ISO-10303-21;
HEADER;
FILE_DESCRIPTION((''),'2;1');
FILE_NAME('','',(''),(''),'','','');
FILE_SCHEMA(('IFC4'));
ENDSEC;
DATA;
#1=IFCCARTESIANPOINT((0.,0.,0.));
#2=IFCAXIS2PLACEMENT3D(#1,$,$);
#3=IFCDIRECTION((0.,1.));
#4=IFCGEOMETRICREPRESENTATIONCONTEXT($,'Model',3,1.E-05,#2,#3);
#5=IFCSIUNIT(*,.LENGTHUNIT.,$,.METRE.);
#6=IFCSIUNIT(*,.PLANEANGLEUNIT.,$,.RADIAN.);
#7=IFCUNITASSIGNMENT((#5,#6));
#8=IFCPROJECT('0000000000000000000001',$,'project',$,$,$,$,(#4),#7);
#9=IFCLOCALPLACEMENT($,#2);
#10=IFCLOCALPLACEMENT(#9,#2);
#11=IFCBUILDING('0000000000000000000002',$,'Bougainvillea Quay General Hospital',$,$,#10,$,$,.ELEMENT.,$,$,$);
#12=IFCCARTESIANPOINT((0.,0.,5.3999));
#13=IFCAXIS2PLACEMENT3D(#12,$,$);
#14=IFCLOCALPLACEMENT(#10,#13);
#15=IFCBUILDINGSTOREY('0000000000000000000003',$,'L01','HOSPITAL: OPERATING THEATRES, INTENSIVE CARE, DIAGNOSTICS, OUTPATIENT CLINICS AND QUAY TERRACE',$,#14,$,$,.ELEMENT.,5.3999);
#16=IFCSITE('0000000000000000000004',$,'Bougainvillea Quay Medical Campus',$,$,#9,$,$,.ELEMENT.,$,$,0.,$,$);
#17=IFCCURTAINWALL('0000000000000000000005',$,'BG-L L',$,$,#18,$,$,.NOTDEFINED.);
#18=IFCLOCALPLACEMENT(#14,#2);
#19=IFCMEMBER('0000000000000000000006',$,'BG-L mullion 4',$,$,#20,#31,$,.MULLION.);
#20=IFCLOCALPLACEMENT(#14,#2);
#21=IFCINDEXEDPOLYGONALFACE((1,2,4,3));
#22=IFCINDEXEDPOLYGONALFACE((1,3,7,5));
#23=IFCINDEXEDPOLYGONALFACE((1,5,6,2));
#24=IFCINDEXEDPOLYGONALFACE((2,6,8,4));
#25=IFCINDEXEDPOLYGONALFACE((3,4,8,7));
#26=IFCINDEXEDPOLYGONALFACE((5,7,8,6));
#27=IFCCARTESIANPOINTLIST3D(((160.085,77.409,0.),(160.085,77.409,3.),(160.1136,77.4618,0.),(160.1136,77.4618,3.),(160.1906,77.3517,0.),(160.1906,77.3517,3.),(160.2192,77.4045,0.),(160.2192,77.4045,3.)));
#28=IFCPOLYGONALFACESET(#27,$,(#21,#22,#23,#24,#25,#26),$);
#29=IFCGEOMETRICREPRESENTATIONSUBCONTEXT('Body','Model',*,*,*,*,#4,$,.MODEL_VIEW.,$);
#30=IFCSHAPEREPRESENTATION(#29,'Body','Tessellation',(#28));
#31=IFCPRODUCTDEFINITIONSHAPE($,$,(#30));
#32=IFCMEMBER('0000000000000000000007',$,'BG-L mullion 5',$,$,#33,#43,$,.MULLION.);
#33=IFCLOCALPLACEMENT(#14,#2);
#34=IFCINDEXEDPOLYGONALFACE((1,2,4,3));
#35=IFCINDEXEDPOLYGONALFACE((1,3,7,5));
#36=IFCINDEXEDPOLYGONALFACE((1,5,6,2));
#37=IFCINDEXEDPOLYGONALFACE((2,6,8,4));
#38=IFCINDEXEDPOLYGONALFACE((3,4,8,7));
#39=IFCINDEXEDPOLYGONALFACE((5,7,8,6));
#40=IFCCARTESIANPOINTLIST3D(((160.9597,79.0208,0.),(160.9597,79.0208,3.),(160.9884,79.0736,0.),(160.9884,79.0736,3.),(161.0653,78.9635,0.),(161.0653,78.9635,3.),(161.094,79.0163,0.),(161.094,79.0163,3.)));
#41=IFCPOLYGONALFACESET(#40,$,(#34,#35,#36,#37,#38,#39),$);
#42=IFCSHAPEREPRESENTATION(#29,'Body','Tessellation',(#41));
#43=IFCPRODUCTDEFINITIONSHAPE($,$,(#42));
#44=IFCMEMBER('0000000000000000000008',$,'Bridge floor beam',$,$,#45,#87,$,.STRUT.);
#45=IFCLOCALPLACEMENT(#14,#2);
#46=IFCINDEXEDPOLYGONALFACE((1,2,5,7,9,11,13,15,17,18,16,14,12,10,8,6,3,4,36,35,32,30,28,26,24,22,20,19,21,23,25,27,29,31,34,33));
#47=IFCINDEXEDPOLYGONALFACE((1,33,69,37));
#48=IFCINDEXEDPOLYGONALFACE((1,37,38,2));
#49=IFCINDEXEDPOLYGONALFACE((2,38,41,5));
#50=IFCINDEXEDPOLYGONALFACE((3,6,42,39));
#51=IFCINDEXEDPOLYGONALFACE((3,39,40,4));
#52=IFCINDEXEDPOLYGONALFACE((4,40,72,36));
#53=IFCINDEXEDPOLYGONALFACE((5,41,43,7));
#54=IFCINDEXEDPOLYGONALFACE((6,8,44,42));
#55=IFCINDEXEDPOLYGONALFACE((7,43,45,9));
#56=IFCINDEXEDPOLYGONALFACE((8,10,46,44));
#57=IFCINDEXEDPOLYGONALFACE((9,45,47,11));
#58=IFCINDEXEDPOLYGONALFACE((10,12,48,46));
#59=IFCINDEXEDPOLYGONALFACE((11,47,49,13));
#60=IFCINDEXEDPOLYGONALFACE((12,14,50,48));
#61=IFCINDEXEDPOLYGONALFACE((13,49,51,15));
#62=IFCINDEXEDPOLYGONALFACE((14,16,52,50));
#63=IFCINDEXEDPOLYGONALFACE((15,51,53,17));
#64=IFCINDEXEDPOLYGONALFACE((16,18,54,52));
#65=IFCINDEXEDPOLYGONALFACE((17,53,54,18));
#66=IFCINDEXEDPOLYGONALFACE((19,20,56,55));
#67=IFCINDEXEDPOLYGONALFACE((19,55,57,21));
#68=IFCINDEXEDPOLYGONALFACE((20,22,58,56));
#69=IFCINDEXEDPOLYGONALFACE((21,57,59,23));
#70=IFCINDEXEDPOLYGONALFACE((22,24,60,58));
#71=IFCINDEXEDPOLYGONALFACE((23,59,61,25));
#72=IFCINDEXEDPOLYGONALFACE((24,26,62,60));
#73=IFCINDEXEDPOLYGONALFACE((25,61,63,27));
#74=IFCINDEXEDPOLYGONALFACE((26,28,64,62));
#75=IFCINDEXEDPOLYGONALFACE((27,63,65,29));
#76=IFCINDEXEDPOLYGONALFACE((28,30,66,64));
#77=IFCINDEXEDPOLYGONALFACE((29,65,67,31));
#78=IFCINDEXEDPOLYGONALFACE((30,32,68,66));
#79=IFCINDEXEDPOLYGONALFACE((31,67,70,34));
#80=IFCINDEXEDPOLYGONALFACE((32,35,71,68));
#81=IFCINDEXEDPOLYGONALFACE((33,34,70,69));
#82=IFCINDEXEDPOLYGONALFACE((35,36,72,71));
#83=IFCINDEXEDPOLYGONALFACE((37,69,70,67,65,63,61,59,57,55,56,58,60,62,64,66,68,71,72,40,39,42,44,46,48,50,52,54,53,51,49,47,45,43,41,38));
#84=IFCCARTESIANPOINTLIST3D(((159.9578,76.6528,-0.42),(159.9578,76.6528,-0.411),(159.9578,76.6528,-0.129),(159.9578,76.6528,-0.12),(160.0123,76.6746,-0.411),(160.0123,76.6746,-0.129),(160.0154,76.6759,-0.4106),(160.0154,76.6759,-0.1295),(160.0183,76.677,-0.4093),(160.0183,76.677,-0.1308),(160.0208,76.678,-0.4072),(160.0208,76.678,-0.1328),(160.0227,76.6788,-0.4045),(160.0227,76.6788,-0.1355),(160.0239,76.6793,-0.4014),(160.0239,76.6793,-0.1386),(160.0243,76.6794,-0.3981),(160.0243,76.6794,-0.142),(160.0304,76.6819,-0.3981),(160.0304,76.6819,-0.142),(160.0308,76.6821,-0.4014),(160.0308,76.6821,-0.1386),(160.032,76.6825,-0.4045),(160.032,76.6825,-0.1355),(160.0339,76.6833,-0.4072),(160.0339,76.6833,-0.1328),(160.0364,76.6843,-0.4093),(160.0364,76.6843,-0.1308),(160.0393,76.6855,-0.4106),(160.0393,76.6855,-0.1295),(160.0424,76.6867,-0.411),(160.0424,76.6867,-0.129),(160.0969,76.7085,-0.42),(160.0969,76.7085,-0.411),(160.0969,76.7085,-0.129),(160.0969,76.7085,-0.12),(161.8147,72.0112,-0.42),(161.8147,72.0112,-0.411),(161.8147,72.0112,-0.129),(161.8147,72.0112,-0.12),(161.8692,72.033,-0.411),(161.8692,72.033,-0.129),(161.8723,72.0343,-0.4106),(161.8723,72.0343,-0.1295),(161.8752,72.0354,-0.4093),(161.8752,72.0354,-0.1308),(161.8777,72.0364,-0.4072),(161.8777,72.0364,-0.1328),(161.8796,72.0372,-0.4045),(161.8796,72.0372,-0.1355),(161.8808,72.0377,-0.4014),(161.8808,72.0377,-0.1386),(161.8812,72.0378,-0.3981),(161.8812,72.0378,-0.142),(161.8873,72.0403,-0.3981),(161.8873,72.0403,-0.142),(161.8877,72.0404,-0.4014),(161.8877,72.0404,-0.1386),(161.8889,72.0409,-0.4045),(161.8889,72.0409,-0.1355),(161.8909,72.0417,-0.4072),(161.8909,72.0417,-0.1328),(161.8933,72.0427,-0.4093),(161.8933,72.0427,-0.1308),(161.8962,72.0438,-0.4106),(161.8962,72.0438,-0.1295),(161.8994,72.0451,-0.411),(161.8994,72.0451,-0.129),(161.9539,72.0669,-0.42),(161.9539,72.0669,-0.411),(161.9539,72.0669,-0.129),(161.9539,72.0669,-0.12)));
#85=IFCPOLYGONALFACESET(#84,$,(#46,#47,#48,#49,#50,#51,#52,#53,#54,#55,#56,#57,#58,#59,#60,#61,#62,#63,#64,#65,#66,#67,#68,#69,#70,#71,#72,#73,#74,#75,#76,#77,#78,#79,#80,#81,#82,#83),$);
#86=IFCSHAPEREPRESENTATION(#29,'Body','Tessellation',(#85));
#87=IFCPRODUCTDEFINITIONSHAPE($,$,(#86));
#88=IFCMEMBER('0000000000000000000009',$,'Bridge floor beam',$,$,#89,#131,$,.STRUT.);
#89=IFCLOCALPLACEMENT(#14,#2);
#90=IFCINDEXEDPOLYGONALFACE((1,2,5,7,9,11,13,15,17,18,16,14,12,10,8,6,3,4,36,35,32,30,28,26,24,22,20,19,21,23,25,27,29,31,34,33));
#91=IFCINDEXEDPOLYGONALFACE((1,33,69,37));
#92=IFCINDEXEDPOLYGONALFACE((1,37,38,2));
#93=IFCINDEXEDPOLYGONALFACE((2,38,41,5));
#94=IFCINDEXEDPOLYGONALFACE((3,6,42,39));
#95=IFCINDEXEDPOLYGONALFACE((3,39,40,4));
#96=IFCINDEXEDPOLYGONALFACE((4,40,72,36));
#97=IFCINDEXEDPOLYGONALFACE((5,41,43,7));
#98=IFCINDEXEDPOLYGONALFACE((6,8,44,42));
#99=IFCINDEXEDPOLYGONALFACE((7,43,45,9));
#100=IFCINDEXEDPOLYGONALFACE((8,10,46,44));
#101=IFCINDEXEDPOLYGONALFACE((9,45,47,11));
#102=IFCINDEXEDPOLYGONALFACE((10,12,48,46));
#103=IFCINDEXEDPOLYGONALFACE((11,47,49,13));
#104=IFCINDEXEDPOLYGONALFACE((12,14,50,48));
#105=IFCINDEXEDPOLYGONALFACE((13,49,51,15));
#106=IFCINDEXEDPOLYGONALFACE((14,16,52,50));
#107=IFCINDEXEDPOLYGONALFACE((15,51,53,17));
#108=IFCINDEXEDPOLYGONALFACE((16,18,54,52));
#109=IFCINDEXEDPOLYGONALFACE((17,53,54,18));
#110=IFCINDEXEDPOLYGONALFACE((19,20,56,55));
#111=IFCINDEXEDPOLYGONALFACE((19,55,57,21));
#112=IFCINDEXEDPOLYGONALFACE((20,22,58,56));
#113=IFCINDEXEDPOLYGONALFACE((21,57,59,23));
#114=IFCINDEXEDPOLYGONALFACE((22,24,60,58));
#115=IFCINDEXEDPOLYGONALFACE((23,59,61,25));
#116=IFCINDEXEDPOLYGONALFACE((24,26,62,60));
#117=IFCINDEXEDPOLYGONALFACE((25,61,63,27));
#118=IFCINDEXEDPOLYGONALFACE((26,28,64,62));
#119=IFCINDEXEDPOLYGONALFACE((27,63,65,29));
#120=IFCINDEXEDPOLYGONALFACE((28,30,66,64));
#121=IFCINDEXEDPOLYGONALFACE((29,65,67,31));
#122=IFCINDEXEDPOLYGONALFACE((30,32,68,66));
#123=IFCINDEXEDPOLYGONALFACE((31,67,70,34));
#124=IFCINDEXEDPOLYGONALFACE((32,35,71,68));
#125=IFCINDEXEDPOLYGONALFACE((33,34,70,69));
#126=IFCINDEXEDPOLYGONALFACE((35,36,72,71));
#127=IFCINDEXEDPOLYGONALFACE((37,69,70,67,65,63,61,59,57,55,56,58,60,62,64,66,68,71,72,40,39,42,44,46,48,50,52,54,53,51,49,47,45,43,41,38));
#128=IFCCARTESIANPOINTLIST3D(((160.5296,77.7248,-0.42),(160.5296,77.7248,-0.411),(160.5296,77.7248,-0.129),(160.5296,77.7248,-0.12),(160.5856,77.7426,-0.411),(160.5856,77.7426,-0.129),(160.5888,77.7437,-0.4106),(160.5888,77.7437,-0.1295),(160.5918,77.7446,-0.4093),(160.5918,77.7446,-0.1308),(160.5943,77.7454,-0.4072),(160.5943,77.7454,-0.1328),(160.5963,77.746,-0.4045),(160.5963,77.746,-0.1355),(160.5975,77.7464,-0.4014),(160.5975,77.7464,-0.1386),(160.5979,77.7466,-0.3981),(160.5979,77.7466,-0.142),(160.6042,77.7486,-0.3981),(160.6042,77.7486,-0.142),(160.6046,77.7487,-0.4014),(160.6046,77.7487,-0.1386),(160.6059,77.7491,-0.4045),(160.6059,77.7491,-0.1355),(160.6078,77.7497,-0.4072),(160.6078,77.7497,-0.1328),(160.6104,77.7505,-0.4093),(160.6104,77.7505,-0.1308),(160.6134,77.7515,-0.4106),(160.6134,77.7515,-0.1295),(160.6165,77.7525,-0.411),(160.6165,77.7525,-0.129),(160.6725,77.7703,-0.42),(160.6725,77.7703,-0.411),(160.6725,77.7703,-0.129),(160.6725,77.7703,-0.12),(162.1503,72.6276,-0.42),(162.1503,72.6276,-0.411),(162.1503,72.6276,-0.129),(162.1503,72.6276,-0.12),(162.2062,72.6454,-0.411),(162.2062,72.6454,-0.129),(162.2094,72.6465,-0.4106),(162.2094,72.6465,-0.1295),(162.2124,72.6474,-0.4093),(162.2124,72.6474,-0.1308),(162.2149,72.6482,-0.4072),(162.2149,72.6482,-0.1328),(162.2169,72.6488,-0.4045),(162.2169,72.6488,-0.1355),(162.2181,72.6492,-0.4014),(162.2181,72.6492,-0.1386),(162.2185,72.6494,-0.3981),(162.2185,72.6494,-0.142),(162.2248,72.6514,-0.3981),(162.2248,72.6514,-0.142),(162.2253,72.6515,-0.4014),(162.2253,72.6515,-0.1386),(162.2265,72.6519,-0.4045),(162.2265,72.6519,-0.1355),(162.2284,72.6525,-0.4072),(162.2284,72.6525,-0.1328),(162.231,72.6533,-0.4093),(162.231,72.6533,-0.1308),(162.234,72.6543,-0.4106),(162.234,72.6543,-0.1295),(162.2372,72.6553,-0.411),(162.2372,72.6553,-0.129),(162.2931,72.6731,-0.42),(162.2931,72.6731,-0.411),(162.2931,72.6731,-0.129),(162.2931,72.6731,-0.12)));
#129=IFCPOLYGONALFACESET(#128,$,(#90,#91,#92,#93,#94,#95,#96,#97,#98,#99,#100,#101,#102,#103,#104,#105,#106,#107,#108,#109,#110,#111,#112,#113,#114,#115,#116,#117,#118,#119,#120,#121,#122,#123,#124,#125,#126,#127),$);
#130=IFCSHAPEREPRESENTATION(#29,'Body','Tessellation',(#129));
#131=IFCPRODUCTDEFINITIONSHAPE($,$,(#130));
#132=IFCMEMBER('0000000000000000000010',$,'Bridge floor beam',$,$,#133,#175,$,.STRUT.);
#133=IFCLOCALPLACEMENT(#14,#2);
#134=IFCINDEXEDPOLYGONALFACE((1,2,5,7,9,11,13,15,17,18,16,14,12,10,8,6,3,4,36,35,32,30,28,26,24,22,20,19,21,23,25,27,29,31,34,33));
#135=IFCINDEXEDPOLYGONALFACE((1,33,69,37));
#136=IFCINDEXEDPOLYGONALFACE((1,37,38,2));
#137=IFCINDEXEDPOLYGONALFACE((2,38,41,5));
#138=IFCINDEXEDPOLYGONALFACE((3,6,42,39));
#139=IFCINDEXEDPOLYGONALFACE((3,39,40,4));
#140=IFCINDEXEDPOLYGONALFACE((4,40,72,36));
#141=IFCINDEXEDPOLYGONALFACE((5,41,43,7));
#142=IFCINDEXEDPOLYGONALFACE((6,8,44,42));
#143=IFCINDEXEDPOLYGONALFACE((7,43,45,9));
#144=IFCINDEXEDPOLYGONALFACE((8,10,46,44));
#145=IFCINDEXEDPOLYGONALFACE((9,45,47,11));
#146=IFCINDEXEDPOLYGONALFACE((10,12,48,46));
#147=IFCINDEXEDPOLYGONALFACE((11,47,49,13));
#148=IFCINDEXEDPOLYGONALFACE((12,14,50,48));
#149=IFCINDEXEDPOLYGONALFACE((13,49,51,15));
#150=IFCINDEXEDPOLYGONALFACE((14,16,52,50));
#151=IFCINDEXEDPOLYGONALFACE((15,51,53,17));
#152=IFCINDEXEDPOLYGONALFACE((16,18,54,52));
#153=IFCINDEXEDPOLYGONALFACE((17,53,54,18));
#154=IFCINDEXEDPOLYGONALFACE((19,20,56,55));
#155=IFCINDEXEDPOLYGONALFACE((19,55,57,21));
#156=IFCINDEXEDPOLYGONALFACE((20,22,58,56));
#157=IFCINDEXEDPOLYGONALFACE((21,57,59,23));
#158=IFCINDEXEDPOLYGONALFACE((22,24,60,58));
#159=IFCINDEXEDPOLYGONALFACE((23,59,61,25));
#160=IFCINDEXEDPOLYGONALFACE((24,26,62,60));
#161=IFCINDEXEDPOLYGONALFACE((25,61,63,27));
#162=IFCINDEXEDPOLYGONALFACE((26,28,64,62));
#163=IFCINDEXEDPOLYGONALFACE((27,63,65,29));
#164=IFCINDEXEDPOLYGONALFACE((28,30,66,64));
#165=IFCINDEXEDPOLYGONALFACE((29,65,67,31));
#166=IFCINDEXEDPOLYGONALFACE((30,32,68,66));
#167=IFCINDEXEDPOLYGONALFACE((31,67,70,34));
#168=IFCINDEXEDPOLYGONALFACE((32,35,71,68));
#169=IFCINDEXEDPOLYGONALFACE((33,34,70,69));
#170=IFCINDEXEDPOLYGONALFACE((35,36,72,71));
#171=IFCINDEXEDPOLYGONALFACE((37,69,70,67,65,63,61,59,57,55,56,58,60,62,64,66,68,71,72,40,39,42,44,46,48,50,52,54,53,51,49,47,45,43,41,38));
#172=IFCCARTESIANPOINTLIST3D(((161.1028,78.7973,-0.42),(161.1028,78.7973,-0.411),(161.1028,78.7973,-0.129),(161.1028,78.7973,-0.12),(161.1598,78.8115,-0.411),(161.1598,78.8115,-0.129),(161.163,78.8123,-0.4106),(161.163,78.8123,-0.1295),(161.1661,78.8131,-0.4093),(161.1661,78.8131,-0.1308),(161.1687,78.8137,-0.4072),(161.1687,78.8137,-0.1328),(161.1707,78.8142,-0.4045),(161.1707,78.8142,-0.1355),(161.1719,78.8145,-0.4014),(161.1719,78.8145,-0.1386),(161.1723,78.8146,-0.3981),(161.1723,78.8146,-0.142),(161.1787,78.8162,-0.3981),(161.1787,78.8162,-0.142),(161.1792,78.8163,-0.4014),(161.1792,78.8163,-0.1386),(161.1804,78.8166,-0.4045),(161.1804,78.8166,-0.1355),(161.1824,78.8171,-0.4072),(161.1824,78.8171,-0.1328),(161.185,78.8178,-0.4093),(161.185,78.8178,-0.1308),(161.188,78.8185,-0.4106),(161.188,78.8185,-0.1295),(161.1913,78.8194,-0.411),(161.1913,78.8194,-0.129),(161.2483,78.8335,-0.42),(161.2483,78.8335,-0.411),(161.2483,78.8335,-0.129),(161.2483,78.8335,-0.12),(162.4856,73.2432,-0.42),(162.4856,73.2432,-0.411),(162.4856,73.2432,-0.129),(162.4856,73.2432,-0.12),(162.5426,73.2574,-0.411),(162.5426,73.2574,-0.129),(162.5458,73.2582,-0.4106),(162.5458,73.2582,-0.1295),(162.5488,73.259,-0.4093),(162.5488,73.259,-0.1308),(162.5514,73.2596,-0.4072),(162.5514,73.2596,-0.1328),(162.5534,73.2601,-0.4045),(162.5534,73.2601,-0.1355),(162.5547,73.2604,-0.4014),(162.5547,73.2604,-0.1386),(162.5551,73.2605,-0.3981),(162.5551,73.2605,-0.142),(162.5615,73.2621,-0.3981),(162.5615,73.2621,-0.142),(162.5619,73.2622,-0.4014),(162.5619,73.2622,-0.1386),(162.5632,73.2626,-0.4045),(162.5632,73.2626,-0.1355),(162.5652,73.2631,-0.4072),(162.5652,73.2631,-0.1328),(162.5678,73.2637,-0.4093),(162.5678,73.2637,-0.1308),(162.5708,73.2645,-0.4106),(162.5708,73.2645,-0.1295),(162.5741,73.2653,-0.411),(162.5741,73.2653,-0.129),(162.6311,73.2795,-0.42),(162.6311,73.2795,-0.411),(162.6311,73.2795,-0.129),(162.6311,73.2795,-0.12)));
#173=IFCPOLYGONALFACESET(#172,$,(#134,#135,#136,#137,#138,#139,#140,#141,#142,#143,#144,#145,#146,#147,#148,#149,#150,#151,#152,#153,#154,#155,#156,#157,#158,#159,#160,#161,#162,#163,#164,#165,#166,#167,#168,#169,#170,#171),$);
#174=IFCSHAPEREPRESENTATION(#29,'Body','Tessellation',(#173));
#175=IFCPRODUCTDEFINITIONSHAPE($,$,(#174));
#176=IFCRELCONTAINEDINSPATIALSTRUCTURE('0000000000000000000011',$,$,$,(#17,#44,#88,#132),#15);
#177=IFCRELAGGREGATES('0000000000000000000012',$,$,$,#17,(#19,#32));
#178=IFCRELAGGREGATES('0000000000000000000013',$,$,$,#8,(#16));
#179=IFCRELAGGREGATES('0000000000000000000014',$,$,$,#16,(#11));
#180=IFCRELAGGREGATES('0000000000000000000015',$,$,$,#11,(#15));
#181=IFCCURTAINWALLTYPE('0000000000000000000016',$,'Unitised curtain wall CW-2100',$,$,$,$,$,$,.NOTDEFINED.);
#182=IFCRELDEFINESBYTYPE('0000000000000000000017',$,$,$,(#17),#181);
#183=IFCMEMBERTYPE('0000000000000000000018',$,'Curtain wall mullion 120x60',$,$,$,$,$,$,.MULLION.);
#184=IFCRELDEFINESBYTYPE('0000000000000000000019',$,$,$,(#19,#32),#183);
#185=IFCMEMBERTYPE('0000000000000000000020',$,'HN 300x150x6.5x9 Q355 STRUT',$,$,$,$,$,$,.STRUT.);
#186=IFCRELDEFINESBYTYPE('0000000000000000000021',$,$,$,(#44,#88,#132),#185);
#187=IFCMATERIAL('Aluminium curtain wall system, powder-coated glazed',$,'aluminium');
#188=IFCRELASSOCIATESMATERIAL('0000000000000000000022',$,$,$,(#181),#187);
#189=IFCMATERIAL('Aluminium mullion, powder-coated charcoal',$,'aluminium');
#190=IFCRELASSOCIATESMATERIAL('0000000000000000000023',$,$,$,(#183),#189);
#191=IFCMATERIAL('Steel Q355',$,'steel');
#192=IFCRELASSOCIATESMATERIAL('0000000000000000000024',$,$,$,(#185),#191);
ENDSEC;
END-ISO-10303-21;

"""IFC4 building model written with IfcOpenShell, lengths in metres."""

from ifc_helpers import new_model, si_unit, direction, frame, origin, origin_2d, place, context, subcontext, project, spatial, rectangle, i_section, extrude, material, material_profile, profile_set, type_object, element, aggregate, save


model = new_model("IFC4")

# Units and contexts
model_context = context("Model", 3, precision=1e-05, world=origin(), true_north=direction((0.0, 1.0)))
body_context = subcontext(model_context, "Body", "Model", "MODEL_VIEW")
ifc_project = project(units=[si_unit("LENGTHUNIT", "METRE"), si_unit("PLANEANGLEUNIT", "RADIAN")], contexts=[model_context])

# Site, building, storey
site_placement = place(None, origin())
site = spatial("IfcSite", under=ifc_project, at=site_placement, Name="Bougainvillea Quay Medical Campus", CompositionType="ELEMENT", RefElevation=0.0)
building_placement = place(site_placement, origin())
building = spatial("IfcBuilding", under=site, at=building_placement, Name="Bougainvillea Quay General Hospital", CompositionType="ELEMENT")
storey_placement = place(building_placement, frame((0.0, 0.0, 5.3999)))
storey = spatial("IfcBuildingStorey", under=building, at=storey_placement, Name="L01", Description="HOSPITAL: OPERATING THEATRES, INTENSIVE CARE, DIAGNOSTICS, OUTPATIENT CLINICS AND QUAY TERRACE", CompositionType="ELEMENT", Elevation=5.3999)

# Curtain wall, members
ifc_material_1 = material(Name="Aluminium curtain wall system, powder-coated glazed", Category="aluminium")
curtain_wall_type = type_object("IfcCurtainWallType", Name="Unitised curtain wall CW-2100", PredefinedType="NOTDEFINED", material=ifc_material_1)
curtain_wall_placement = place(storey_placement, origin())
curtain_wall = element("IfcCurtainWall", 1, at=curtain_wall_placement, inside=storey, type_object=curtain_wall_type, Name="BG-L L", PredefinedType="NOTDEFINED")
ifc_material_2 = material(Name="Aluminium mullion, powder-coated charcoal", Category="aluminium")
ifc_material_profile_1 = material_profile(ifc_material_2, rectangle(XDim=0.1201, YDim=0.0601, at=origin_2d()))
ifc_profile_set_1 = profile_set([ifc_material_profile_1], Name="Aluminium mullion, powder-coated charcoal")
member_type_1 = type_object("IfcMemberType", Name="Curtain wall mullion 120x60", PredefinedType="MULLION", material=ifc_profile_set_1)
member_1_placement = place(storey_placement, frame((160.1521, 77.4067, 0.0), z_axis=(0.0, 0.0, 1.0), x_axis=(-0.878894, 0.477017, 0.0)))
member_1 = element("IfcMember", 2, at=member_1_placement, type_object=member_type_1, Name="BG-L mullion 4", PredefinedType="MULLION", context=body_context, shape_type="SweptSolid", body=[
    extrude(rectangle(XDim=0.1201, YDim=0.0601, at=origin_2d()), origin(), (0.0, 0.0, 1.0), 3.0),
])
member_2_placement = place(storey_placement, frame((161.0269, 79.0186, 0.0), z_axis=(0.0, 0.0, 1.0), x_axis=(-0.878894, 0.477017, 0.0)))
member_2 = element("IfcMember", 3, at=member_2_placement, type_object=member_type_1, Name="BG-L mullion 5", PredefinedType="MULLION", context=body_context, shape_type="SweptSolid", body=[
    extrude(rectangle(XDim=0.1201, YDim=0.0601, at=origin_2d()), origin(), (0.0, 0.0, 1.0), 3.0),
])
aggregate(curtain_wall, [member_1, member_2])

# Members
ifc_material_3 = material(Name="Steel Q355", Category="steel")
ifc_material_profile_2 = material_profile(ifc_material_3, i_section(OverallWidth=0.1499, OverallDepth=0.3, WebThickness=0.0066, FlangeThickness=0.009, FilletRadius=0.0129, at=origin_2d()))
ifc_profile_set_2 = profile_set([ifc_material_profile_2], Name="Steel Q355")
member_type_2 = type_object("IfcMemberType", Name="HN 300x150x6.5x9 Q355 STRUT", PredefinedType="STRUT", material=ifc_profile_set_2)
member_3_placement = place(storey_placement, frame((160.0273, 76.6807, -0.27), z_axis=(0.371441, -0.928456, 0.0), x_axis=(0.928456, 0.371441, 0.0)))
element("IfcMember", 4, at=member_3_placement, inside=storey, type_object=member_type_2, Name="Bridge floor beam", PredefinedType="STRUT", context=body_context, shape_type="SweptSolid", body=[
    extrude(i_section(OverallWidth=0.1499, OverallDepth=0.3, WebThickness=0.0066, FlangeThickness=0.009, FilletRadius=0.0129, at=origin_2d()), origin(), (0.0, 0.0, 1.0), 4.9993),
])
member_4_placement = place(storey_placement, frame((160.6011, 77.7476, -0.27), z_axis=(0.302996, -0.952992, 0.0), x_axis=(0.952992, 0.302996, 0.0)))
element("IfcMember", 5, at=member_4_placement, inside=storey, type_object=member_type_2, Name="Bridge floor beam", PredefinedType="STRUT", context=body_context, shape_type="SweptSolid", body=[
    extrude(i_section(OverallWidth=0.1499, OverallDepth=0.3, WebThickness=0.0066, FlangeThickness=0.009, FilletRadius=0.0129, at=origin_2d()), origin(), (0.0, 0.0, 1.0), 5.3486),
])
member_5_placement = place(storey_placement, frame((161.1755, 78.8154, -0.27), z_axis=(0.241592, -0.970378, 0.0), x_axis=(0.970378, 0.241592, 0.0)))
element("IfcMember", 6, at=member_5_placement, inside=storey, type_object=member_type_2, Name="Bridge floor beam", PredefinedType="STRUT", context=body_context, shape_type="SweptSolid", body=[
    extrude(i_section(OverallWidth=0.1499, OverallDepth=0.3, WebThickness=0.0066, FlangeThickness=0.009, FilletRadius=0.0129, at=origin_2d()), origin(), (0.0, 0.0, 1.0), 5.7236),
])

save(model, "model.ifc")
